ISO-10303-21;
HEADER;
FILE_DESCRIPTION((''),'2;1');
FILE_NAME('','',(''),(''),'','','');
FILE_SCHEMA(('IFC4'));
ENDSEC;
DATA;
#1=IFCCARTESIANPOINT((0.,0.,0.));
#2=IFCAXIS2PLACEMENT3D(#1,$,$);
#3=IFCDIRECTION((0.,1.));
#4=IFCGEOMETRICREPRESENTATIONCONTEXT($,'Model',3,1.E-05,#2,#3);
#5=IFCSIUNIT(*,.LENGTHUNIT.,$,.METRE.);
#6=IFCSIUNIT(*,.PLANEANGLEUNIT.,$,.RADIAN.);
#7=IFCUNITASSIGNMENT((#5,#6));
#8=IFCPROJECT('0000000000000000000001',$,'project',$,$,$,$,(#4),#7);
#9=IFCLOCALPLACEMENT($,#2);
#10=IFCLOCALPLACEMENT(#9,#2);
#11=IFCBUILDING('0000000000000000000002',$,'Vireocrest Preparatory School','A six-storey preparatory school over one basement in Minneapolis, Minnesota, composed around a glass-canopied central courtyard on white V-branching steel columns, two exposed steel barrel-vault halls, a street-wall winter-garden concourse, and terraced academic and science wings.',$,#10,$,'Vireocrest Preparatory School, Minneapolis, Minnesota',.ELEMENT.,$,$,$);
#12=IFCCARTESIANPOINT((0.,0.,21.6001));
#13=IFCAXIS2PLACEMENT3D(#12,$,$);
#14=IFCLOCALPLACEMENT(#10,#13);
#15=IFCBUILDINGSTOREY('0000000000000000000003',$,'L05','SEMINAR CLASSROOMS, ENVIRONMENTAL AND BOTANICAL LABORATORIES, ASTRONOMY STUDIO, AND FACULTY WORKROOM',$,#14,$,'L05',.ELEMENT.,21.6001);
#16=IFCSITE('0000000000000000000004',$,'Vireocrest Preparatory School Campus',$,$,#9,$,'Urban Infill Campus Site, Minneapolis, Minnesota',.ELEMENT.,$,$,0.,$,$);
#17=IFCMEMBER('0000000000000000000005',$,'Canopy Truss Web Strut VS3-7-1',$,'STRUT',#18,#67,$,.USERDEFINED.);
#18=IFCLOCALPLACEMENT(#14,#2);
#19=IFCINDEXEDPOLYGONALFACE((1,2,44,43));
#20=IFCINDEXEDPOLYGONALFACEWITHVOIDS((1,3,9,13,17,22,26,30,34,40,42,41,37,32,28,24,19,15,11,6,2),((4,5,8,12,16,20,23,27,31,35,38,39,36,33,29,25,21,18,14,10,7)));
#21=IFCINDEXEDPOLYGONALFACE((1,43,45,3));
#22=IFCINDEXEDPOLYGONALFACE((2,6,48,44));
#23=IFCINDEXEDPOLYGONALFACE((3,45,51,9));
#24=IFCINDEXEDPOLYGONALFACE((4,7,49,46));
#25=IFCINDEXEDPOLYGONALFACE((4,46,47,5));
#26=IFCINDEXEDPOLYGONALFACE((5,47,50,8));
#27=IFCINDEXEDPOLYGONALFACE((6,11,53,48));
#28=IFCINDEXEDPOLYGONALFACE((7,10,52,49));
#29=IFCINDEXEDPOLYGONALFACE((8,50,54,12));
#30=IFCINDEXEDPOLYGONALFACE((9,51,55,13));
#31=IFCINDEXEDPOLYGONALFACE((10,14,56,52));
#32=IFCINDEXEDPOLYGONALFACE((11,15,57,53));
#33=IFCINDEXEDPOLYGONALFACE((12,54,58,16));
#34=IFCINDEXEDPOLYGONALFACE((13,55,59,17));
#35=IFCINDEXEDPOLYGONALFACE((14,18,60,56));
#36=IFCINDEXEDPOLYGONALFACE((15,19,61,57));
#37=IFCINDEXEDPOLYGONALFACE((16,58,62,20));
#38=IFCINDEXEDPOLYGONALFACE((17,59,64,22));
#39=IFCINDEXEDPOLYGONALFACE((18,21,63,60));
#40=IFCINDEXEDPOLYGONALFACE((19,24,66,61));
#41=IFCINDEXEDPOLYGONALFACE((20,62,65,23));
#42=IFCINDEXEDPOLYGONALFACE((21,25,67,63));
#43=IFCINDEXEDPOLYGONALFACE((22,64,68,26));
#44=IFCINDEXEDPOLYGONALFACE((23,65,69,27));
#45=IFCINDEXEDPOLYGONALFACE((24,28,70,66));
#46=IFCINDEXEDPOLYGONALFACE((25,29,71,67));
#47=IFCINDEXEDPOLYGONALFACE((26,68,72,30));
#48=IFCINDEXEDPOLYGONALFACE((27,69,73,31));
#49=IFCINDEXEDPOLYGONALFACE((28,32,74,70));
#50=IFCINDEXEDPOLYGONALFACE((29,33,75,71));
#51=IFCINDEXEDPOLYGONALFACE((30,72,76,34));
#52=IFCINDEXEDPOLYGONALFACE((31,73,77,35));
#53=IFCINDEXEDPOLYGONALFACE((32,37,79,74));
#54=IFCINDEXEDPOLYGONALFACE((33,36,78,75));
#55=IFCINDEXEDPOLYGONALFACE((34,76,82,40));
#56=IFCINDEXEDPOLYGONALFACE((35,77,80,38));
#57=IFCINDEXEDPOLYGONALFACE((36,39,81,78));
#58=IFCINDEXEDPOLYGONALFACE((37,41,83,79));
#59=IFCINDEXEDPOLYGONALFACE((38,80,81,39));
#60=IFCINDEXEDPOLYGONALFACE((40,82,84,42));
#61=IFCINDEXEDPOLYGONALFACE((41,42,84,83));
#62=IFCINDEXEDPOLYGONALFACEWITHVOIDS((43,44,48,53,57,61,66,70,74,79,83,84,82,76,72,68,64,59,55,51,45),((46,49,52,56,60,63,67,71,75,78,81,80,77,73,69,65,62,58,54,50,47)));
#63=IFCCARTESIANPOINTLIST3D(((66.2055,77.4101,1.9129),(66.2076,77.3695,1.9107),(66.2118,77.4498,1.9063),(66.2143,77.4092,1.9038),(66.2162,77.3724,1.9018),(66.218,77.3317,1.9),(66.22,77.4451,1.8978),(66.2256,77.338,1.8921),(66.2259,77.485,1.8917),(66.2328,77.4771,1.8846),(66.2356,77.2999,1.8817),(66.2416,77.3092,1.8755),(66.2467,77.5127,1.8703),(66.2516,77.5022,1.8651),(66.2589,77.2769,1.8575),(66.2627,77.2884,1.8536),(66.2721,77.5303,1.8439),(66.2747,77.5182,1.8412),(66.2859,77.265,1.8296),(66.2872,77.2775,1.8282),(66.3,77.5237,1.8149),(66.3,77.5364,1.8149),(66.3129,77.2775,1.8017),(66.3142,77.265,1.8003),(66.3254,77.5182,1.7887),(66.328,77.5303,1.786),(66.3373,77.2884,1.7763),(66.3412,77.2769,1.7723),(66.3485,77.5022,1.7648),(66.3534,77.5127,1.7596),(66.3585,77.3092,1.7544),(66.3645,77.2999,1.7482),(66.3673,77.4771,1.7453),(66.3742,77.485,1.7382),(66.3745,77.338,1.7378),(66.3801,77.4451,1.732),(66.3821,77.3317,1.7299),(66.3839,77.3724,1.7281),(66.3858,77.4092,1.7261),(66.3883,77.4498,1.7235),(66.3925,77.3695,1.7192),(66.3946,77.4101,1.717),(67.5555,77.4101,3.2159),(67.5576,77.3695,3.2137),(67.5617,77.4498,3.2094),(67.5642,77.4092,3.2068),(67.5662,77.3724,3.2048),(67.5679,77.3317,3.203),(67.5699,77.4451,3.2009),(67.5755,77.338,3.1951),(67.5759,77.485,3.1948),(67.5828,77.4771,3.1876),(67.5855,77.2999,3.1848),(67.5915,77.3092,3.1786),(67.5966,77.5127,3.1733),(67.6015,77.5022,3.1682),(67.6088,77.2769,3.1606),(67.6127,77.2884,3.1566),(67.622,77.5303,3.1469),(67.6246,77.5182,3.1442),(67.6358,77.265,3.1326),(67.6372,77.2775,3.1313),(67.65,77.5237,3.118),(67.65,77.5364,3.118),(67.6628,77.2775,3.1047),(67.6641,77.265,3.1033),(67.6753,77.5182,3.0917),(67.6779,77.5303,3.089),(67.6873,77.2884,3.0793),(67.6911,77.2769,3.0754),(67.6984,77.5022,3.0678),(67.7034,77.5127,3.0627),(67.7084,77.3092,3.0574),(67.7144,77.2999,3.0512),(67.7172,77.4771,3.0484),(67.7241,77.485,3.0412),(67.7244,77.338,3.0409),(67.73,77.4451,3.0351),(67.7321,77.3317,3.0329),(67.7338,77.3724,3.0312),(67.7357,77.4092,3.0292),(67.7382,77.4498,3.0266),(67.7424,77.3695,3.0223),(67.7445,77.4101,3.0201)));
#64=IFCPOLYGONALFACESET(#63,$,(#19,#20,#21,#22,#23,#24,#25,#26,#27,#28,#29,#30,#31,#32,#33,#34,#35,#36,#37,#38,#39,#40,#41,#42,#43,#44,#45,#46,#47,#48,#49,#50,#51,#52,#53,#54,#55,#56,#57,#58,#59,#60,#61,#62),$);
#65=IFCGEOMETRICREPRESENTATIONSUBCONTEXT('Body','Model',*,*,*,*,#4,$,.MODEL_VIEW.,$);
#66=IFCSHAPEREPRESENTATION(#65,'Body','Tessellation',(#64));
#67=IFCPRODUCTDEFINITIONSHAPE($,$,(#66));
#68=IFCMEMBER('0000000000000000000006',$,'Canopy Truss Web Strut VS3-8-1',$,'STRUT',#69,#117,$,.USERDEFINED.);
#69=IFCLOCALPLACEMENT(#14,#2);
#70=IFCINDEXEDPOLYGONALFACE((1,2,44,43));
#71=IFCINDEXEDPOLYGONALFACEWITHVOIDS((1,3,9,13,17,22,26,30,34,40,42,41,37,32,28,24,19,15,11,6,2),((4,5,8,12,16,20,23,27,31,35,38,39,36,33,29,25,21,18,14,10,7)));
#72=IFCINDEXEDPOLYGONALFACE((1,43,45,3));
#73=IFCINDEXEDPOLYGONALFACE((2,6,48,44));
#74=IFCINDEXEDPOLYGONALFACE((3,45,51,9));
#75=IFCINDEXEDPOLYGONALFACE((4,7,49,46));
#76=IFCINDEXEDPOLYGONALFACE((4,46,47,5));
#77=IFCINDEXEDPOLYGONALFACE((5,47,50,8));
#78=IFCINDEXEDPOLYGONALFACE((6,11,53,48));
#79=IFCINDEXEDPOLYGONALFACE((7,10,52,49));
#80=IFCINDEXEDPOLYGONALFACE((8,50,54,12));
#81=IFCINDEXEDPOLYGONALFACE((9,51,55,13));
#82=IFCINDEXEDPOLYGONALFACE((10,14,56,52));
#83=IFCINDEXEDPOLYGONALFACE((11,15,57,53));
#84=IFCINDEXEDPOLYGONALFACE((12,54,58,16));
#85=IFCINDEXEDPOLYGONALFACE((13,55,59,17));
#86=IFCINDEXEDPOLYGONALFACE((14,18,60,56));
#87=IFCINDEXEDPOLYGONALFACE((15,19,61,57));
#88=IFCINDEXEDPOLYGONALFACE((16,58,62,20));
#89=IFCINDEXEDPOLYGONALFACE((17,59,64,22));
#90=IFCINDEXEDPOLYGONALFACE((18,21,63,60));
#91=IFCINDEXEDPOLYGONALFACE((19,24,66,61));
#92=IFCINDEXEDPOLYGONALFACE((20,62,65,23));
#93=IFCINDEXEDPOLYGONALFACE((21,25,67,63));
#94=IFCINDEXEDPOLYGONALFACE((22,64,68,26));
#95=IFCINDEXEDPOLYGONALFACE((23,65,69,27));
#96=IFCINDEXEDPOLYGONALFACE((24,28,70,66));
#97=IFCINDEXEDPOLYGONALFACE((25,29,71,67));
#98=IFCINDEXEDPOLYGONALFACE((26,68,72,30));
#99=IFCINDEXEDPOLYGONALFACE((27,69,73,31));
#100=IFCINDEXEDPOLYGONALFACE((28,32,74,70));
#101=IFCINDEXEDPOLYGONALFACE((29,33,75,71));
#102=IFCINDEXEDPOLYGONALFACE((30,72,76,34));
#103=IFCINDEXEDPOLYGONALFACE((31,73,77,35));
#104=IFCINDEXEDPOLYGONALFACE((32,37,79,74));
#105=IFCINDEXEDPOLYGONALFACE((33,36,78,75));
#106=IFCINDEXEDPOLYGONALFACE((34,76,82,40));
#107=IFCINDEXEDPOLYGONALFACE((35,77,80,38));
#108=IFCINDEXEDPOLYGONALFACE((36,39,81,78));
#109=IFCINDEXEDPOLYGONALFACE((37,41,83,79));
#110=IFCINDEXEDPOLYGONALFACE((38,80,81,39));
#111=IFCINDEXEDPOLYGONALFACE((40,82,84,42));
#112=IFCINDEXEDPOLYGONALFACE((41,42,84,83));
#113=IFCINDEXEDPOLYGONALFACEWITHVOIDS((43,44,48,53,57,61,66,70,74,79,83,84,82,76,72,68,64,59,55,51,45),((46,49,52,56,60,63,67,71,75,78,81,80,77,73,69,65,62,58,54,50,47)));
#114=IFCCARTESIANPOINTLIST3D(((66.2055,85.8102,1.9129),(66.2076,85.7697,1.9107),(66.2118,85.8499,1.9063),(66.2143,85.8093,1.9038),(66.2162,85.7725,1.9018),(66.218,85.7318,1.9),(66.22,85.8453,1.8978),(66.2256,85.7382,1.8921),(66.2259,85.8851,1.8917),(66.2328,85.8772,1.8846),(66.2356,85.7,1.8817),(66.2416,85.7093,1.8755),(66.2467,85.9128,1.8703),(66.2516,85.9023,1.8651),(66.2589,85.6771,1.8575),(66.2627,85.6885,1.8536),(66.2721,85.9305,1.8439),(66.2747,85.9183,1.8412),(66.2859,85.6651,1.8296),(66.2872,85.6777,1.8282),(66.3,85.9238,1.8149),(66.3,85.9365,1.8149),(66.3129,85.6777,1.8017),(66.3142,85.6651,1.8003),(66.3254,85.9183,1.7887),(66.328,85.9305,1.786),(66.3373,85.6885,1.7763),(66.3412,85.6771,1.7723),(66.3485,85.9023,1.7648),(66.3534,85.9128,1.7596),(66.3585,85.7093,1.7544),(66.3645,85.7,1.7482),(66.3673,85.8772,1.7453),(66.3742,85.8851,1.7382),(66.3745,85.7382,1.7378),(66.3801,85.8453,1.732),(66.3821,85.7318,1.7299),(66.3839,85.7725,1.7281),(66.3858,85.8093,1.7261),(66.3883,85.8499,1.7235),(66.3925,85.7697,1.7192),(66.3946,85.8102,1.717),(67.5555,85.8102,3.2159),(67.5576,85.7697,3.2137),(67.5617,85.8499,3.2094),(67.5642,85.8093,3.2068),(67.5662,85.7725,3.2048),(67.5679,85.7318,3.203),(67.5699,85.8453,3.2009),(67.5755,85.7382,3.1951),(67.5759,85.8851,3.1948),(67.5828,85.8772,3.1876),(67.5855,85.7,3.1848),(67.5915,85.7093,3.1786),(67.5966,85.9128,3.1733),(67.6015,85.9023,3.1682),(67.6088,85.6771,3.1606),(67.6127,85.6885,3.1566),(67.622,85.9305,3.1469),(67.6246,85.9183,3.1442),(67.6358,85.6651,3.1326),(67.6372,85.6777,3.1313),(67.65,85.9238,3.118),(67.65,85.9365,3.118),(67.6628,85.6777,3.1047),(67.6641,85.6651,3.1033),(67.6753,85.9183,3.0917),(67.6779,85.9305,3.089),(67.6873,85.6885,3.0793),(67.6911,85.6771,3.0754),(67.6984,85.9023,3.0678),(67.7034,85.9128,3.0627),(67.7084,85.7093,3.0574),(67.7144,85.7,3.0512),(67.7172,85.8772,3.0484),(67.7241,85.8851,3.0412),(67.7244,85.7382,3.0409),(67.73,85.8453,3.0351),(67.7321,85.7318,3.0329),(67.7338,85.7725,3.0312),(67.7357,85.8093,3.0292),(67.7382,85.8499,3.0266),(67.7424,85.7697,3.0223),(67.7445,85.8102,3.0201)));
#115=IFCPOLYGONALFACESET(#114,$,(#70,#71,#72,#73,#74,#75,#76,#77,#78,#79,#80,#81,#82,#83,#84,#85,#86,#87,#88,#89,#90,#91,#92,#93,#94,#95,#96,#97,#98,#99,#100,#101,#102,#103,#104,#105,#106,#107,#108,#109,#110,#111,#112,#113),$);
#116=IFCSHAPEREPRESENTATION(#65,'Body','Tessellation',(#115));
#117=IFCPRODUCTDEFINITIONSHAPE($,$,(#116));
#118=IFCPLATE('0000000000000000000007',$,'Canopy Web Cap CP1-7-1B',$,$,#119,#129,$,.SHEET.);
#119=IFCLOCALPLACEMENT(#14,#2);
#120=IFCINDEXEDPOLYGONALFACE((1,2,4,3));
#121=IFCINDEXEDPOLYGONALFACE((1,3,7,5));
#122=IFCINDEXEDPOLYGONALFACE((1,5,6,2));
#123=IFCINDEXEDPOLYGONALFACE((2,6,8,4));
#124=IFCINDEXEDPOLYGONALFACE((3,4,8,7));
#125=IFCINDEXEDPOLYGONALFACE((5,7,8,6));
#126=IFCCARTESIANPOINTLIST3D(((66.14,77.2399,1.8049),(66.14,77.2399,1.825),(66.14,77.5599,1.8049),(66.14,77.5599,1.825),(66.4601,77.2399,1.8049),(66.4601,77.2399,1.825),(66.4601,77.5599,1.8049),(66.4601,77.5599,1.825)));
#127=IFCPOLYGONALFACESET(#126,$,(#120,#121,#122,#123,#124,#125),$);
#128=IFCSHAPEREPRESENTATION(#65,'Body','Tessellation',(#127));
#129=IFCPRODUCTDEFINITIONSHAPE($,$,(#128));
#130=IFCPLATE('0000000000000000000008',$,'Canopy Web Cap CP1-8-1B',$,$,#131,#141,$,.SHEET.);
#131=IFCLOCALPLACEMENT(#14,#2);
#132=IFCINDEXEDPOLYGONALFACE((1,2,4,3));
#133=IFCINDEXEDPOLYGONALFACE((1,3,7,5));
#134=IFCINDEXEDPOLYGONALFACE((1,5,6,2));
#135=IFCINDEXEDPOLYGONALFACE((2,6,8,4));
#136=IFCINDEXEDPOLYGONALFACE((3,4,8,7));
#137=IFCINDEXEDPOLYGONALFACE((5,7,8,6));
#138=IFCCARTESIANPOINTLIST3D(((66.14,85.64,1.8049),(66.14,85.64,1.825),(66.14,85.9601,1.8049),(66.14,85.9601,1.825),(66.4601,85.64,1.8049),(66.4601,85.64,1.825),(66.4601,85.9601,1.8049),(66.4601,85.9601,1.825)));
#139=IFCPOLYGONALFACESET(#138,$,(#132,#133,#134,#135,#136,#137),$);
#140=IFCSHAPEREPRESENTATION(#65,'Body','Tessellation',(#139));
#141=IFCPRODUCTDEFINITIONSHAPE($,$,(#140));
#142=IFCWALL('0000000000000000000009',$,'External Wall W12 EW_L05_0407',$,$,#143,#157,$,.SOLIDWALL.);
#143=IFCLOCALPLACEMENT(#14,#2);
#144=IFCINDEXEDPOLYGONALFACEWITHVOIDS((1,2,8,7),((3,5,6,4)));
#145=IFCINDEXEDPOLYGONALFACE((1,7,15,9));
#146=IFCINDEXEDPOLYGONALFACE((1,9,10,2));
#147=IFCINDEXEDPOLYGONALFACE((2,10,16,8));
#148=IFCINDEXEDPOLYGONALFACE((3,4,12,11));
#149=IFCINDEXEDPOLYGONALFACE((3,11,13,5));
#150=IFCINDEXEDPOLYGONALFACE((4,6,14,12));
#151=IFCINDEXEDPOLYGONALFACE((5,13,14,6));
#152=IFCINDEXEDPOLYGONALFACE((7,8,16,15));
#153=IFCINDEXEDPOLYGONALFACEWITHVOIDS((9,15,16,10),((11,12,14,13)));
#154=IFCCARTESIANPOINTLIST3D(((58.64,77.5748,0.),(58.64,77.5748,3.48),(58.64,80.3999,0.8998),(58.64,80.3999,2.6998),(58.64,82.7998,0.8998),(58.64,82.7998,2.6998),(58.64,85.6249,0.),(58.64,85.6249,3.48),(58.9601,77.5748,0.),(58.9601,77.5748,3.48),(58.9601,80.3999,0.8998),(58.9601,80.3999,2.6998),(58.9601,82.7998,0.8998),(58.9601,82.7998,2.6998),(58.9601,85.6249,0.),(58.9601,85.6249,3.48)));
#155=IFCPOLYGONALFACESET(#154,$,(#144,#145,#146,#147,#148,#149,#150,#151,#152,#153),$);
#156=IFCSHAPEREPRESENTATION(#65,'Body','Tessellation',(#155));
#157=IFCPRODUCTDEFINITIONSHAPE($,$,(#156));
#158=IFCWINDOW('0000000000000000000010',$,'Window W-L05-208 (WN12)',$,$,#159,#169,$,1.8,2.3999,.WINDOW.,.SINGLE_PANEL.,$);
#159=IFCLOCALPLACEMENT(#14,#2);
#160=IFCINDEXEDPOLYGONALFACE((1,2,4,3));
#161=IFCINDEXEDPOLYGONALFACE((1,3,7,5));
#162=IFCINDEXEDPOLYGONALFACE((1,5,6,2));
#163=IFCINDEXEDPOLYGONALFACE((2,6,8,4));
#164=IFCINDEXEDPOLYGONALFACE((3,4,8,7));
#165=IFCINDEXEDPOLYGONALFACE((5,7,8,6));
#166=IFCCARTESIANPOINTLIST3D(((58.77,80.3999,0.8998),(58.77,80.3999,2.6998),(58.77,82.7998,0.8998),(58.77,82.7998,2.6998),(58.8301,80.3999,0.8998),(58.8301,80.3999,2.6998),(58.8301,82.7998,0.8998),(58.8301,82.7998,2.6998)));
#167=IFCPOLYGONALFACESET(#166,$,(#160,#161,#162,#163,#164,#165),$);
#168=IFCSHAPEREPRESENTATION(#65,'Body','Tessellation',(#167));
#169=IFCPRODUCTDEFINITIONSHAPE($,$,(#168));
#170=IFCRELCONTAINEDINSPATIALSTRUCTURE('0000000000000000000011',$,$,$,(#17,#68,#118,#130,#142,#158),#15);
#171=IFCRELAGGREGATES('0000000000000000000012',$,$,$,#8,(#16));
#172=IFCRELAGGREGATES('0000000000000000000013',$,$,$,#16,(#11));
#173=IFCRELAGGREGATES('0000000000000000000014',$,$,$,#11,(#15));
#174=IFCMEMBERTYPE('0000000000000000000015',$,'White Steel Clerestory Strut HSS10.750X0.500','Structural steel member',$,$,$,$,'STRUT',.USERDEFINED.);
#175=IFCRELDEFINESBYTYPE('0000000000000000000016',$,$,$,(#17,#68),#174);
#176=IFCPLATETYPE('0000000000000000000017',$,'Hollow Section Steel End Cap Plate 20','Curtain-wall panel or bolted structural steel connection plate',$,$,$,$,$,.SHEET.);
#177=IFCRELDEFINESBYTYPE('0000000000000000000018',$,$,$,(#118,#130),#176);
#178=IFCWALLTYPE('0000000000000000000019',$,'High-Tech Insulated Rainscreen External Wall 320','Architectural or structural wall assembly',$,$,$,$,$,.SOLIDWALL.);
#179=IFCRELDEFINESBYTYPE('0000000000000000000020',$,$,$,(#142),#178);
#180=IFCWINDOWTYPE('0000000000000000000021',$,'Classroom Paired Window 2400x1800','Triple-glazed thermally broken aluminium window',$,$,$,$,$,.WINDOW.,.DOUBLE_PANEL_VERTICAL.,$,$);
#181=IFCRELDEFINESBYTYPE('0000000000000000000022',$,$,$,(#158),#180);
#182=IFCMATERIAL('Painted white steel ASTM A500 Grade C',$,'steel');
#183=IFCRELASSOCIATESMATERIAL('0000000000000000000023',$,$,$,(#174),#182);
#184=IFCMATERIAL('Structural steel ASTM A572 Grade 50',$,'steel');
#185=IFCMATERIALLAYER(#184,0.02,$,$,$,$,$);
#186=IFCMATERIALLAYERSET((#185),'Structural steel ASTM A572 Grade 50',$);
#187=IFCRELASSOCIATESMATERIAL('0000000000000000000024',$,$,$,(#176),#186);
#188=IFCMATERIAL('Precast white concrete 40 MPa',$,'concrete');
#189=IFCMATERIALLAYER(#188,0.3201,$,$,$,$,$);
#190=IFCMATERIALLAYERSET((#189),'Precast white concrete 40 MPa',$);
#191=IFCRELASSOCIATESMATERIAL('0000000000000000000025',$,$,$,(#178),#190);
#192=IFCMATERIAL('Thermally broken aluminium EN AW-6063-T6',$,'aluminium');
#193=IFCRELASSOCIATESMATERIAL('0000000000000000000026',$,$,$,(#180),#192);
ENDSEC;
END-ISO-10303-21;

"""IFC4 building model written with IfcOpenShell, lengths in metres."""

from ifc_helpers import new_model, si_unit, direction, frame, frame_2d, origin, origin_2d, place, context, subcontext, project, spatial, rectangle, hollow_circle, extrude, material, layer, layer_set, material_profile, profile_set, type_object, element, fill, save


model = new_model("IFC4")

# Units and contexts
model_context = context("Model", 3, precision=1e-05, world=origin(), true_north=direction((0.0, 1.0)))
body_context = subcontext(model_context, "Body", "Model", "MODEL_VIEW")
ifc_project = project(units=[si_unit("LENGTHUNIT", "METRE"), si_unit("PLANEANGLEUNIT", "RADIAN")], contexts=[model_context])

# Site, building, storey
site_placement = place(None, origin())
site = spatial("IfcSite", under=ifc_project, at=site_placement, Name="Vireocrest Preparatory School Campus", LongName="Urban Infill Campus Site, Minneapolis, Minnesota", CompositionType="ELEMENT", RefElevation=0.0)
building_placement = place(site_placement, origin())
building = spatial("IfcBuilding", under=site, at=building_placement, Name="Vireocrest Preparatory School", Description="A six-storey preparatory school over one basement in Minneapolis, Minnesota, composed around a glass-canopied central courtyard on white V-branching steel columns, two exposed steel barrel-vault halls, a street-wall winter-garden concourse, and terraced academic and science wings.", LongName="Vireocrest Preparatory School, Minneapolis, Minnesota", CompositionType="ELEMENT")
storey_placement = place(building_placement, frame((0.0, 0.0, 21.6001)))
storey = spatial("IfcBuildingStorey", under=building, at=storey_placement, Name="L05", Description="SEMINAR CLASSROOMS, ENVIRONMENTAL AND BOTANICAL LABORATORIES, ASTRONOMY STUDIO, AND FACULTY WORKROOM", LongName="L05", CompositionType="ELEMENT", Elevation=21.6001)

# Members
ifc_material_1 = material(Name="Painted white steel ASTM A500 Grade C", Category="steel")
ifc_material_profile_1 = material_profile(ifc_material_1, hollow_circle(Radius=0.1365, WallThickness=0.0127, at=origin_2d()), Name="HSS10.750X0.500")
ifc_profile_set_1 = profile_set([ifc_material_profile_1], Name="Painted white steel ASTM A500 Grade C")
member_type = type_object("IfcMemberType", Name="White Steel Clerestory Strut HSS10.750X0.500", Description="Structural steel member", ElementType="STRUT", PredefinedType="USERDEFINED", material=ifc_profile_set_1)
for number, where, z_axis, x_axis, name in (
    (1, (66.3, 77.3999, 1.8149), (0.719489, 0.0, 0.694504), (0.0, 1.0, 0.0), "Canopy Truss Web Strut VS3-7-1"),
    (2, (66.3, 85.8, 1.8149), (0.719489, 0.0, 0.694504), (0.0, 1.0, 0.0), "Canopy Truss Web Strut VS3-8-1"),
):
    element("IfcMember", number, at=place(storey_placement, frame(where, z_axis=z_axis, x_axis=x_axis)), inside=storey, type_object=member_type, Name=name, ObjectType="STRUT", PredefinedType="USERDEFINED", context=body_context, shape_type="SweptSolid", body=[
        extrude(hollow_circle(Radius=0.1365, WallThickness=0.0127, at=origin_2d()), origin(), (0.0, 0.0, 1.0), 1.8762),
    ])

# Plates
ifc_material_2 = material(Name="Structural steel ASTM A572 Grade 50", Category="steel")
ifc_layer_1 = layer(ifc_material_2, 0.02)
ifc_layer_set_1 = layer_set([ifc_layer_1], Name="Structural steel ASTM A572 Grade 50")
plate_type = type_object("IfcPlateType", Name="Hollow Section Steel End Cap Plate 20", Description="Curtain-wall panel or bolted structural steel connection plate", PredefinedType="SHEET", material=ifc_layer_set_1)
for number, where, z_axis, x_axis, name in (
    (3, (66.3, 77.3999, 1.8049), (0.0, 0.0, 1.0), (1.0, 0.0, 0.0), "Canopy Web Cap CP1-7-1B"),
    (4, (66.3, 85.8, 1.8049), (0.0, 0.0, 1.0), (1.0, 0.0, 0.0), "Canopy Web Cap CP1-8-1B"),
):
    element("IfcPlate", number, at=place(storey_placement, frame(where, z_axis=z_axis, x_axis=x_axis)), inside=storey, type_object=plate_type, Name=name, PredefinedType="SHEET", context=body_context, shape_type="SweptSolid", body=[
        extrude(rectangle(XDim=0.3201, YDim=0.3201, at=origin_2d()), origin(), (0.0, 0.0, 1.0), 0.02),
    ])

# Wall, opening, window
ifc_material_3 = material(Name="Precast white concrete 40 MPa", Category="concrete")
ifc_layer_2 = layer(ifc_material_3, 0.3201)
ifc_layer_set_2 = layer_set([ifc_layer_2], Name="Precast white concrete 40 MPa")
wall_type_1 = type_object("IfcWallType", Name="High-Tech Insulated Rainscreen External Wall 320", Description="Architectural or structural wall assembly", PredefinedType="SOLIDWALL", material=ifc_layer_set_2)
wall_1_placement = place(storey_placement, frame((58.8, 77.575, 0.0), z_axis=(0.0, 0.0, 1.0), x_axis=(0.0, 1.0, 0.0)))
wall_1 = element("IfcWall", 5, at=wall_1_placement, inside=storey, type_object=wall_type_1, Name="External Wall W12 EW_L05_0407", PredefinedType="SOLIDWALL", context=body_context, shape_type="SweptSolid", body=[
    extrude(rectangle(XDim=8.05, YDim=0.3201, at=frame_2d((4.0249, 0.0))), origin(), (0.0, 0.0, 1.0), 3.48),
])
opening_1_placement = place(wall_1_placement, frame((2.825, 0.0, 0.8999)))
opening_1 = element("IfcOpeningElement", 6, at=opening_1_placement, cuts=wall_1, PredefinedType="OPENING", context=body_context, shape_type="SweptSolid", body=[
    extrude(rectangle(XDim=2.3999, YDim=1.8, at=frame_2d((1.2, 0.8999))), frame((0.0, 0.1699, 0.0), z_axis=(0.0, -1.0, 0.0), x_axis=(1.0, 0.0, 0.0)), (0.0, 0.0, 1.0), 0.3401),
])
ifc_material_4 = material(Name="Thermally broken aluminium EN AW-6063-T6", Category="aluminium")
window_type = type_object("IfcWindowType", Name="Classroom Paired Window 2400x1800", Description="Triple-glazed thermally broken aluminium window", PartitioningType="DOUBLE_PANEL_VERTICAL", PredefinedType="WINDOW", material=ifc_material_4)
window_1_placement = place(opening_1_placement, origin())
window_1 = element("IfcWindow", 7, at=window_1_placement, inside=storey, type_object=window_type, Name="Window W-L05-208 (WN12)", OverallHeight=1.8, OverallWidth=2.3999, PartitioningType="SINGLE_PANEL", PredefinedType="WINDOW", context=body_context, shape_type="SweptSolid", body=[
    extrude(rectangle(XDim=2.3999, YDim=1.8, at=frame_2d((1.2, 0.8999))), frame((0.0, 0.03, 0.0), z_axis=(0.0, -1.0, 0.0), x_axis=(1.0, 0.0, 0.0)), (0.0, 0.0, 1.0), 0.0601),
])
fill(opening_1, window_1)

save(model, "model.ifc")
